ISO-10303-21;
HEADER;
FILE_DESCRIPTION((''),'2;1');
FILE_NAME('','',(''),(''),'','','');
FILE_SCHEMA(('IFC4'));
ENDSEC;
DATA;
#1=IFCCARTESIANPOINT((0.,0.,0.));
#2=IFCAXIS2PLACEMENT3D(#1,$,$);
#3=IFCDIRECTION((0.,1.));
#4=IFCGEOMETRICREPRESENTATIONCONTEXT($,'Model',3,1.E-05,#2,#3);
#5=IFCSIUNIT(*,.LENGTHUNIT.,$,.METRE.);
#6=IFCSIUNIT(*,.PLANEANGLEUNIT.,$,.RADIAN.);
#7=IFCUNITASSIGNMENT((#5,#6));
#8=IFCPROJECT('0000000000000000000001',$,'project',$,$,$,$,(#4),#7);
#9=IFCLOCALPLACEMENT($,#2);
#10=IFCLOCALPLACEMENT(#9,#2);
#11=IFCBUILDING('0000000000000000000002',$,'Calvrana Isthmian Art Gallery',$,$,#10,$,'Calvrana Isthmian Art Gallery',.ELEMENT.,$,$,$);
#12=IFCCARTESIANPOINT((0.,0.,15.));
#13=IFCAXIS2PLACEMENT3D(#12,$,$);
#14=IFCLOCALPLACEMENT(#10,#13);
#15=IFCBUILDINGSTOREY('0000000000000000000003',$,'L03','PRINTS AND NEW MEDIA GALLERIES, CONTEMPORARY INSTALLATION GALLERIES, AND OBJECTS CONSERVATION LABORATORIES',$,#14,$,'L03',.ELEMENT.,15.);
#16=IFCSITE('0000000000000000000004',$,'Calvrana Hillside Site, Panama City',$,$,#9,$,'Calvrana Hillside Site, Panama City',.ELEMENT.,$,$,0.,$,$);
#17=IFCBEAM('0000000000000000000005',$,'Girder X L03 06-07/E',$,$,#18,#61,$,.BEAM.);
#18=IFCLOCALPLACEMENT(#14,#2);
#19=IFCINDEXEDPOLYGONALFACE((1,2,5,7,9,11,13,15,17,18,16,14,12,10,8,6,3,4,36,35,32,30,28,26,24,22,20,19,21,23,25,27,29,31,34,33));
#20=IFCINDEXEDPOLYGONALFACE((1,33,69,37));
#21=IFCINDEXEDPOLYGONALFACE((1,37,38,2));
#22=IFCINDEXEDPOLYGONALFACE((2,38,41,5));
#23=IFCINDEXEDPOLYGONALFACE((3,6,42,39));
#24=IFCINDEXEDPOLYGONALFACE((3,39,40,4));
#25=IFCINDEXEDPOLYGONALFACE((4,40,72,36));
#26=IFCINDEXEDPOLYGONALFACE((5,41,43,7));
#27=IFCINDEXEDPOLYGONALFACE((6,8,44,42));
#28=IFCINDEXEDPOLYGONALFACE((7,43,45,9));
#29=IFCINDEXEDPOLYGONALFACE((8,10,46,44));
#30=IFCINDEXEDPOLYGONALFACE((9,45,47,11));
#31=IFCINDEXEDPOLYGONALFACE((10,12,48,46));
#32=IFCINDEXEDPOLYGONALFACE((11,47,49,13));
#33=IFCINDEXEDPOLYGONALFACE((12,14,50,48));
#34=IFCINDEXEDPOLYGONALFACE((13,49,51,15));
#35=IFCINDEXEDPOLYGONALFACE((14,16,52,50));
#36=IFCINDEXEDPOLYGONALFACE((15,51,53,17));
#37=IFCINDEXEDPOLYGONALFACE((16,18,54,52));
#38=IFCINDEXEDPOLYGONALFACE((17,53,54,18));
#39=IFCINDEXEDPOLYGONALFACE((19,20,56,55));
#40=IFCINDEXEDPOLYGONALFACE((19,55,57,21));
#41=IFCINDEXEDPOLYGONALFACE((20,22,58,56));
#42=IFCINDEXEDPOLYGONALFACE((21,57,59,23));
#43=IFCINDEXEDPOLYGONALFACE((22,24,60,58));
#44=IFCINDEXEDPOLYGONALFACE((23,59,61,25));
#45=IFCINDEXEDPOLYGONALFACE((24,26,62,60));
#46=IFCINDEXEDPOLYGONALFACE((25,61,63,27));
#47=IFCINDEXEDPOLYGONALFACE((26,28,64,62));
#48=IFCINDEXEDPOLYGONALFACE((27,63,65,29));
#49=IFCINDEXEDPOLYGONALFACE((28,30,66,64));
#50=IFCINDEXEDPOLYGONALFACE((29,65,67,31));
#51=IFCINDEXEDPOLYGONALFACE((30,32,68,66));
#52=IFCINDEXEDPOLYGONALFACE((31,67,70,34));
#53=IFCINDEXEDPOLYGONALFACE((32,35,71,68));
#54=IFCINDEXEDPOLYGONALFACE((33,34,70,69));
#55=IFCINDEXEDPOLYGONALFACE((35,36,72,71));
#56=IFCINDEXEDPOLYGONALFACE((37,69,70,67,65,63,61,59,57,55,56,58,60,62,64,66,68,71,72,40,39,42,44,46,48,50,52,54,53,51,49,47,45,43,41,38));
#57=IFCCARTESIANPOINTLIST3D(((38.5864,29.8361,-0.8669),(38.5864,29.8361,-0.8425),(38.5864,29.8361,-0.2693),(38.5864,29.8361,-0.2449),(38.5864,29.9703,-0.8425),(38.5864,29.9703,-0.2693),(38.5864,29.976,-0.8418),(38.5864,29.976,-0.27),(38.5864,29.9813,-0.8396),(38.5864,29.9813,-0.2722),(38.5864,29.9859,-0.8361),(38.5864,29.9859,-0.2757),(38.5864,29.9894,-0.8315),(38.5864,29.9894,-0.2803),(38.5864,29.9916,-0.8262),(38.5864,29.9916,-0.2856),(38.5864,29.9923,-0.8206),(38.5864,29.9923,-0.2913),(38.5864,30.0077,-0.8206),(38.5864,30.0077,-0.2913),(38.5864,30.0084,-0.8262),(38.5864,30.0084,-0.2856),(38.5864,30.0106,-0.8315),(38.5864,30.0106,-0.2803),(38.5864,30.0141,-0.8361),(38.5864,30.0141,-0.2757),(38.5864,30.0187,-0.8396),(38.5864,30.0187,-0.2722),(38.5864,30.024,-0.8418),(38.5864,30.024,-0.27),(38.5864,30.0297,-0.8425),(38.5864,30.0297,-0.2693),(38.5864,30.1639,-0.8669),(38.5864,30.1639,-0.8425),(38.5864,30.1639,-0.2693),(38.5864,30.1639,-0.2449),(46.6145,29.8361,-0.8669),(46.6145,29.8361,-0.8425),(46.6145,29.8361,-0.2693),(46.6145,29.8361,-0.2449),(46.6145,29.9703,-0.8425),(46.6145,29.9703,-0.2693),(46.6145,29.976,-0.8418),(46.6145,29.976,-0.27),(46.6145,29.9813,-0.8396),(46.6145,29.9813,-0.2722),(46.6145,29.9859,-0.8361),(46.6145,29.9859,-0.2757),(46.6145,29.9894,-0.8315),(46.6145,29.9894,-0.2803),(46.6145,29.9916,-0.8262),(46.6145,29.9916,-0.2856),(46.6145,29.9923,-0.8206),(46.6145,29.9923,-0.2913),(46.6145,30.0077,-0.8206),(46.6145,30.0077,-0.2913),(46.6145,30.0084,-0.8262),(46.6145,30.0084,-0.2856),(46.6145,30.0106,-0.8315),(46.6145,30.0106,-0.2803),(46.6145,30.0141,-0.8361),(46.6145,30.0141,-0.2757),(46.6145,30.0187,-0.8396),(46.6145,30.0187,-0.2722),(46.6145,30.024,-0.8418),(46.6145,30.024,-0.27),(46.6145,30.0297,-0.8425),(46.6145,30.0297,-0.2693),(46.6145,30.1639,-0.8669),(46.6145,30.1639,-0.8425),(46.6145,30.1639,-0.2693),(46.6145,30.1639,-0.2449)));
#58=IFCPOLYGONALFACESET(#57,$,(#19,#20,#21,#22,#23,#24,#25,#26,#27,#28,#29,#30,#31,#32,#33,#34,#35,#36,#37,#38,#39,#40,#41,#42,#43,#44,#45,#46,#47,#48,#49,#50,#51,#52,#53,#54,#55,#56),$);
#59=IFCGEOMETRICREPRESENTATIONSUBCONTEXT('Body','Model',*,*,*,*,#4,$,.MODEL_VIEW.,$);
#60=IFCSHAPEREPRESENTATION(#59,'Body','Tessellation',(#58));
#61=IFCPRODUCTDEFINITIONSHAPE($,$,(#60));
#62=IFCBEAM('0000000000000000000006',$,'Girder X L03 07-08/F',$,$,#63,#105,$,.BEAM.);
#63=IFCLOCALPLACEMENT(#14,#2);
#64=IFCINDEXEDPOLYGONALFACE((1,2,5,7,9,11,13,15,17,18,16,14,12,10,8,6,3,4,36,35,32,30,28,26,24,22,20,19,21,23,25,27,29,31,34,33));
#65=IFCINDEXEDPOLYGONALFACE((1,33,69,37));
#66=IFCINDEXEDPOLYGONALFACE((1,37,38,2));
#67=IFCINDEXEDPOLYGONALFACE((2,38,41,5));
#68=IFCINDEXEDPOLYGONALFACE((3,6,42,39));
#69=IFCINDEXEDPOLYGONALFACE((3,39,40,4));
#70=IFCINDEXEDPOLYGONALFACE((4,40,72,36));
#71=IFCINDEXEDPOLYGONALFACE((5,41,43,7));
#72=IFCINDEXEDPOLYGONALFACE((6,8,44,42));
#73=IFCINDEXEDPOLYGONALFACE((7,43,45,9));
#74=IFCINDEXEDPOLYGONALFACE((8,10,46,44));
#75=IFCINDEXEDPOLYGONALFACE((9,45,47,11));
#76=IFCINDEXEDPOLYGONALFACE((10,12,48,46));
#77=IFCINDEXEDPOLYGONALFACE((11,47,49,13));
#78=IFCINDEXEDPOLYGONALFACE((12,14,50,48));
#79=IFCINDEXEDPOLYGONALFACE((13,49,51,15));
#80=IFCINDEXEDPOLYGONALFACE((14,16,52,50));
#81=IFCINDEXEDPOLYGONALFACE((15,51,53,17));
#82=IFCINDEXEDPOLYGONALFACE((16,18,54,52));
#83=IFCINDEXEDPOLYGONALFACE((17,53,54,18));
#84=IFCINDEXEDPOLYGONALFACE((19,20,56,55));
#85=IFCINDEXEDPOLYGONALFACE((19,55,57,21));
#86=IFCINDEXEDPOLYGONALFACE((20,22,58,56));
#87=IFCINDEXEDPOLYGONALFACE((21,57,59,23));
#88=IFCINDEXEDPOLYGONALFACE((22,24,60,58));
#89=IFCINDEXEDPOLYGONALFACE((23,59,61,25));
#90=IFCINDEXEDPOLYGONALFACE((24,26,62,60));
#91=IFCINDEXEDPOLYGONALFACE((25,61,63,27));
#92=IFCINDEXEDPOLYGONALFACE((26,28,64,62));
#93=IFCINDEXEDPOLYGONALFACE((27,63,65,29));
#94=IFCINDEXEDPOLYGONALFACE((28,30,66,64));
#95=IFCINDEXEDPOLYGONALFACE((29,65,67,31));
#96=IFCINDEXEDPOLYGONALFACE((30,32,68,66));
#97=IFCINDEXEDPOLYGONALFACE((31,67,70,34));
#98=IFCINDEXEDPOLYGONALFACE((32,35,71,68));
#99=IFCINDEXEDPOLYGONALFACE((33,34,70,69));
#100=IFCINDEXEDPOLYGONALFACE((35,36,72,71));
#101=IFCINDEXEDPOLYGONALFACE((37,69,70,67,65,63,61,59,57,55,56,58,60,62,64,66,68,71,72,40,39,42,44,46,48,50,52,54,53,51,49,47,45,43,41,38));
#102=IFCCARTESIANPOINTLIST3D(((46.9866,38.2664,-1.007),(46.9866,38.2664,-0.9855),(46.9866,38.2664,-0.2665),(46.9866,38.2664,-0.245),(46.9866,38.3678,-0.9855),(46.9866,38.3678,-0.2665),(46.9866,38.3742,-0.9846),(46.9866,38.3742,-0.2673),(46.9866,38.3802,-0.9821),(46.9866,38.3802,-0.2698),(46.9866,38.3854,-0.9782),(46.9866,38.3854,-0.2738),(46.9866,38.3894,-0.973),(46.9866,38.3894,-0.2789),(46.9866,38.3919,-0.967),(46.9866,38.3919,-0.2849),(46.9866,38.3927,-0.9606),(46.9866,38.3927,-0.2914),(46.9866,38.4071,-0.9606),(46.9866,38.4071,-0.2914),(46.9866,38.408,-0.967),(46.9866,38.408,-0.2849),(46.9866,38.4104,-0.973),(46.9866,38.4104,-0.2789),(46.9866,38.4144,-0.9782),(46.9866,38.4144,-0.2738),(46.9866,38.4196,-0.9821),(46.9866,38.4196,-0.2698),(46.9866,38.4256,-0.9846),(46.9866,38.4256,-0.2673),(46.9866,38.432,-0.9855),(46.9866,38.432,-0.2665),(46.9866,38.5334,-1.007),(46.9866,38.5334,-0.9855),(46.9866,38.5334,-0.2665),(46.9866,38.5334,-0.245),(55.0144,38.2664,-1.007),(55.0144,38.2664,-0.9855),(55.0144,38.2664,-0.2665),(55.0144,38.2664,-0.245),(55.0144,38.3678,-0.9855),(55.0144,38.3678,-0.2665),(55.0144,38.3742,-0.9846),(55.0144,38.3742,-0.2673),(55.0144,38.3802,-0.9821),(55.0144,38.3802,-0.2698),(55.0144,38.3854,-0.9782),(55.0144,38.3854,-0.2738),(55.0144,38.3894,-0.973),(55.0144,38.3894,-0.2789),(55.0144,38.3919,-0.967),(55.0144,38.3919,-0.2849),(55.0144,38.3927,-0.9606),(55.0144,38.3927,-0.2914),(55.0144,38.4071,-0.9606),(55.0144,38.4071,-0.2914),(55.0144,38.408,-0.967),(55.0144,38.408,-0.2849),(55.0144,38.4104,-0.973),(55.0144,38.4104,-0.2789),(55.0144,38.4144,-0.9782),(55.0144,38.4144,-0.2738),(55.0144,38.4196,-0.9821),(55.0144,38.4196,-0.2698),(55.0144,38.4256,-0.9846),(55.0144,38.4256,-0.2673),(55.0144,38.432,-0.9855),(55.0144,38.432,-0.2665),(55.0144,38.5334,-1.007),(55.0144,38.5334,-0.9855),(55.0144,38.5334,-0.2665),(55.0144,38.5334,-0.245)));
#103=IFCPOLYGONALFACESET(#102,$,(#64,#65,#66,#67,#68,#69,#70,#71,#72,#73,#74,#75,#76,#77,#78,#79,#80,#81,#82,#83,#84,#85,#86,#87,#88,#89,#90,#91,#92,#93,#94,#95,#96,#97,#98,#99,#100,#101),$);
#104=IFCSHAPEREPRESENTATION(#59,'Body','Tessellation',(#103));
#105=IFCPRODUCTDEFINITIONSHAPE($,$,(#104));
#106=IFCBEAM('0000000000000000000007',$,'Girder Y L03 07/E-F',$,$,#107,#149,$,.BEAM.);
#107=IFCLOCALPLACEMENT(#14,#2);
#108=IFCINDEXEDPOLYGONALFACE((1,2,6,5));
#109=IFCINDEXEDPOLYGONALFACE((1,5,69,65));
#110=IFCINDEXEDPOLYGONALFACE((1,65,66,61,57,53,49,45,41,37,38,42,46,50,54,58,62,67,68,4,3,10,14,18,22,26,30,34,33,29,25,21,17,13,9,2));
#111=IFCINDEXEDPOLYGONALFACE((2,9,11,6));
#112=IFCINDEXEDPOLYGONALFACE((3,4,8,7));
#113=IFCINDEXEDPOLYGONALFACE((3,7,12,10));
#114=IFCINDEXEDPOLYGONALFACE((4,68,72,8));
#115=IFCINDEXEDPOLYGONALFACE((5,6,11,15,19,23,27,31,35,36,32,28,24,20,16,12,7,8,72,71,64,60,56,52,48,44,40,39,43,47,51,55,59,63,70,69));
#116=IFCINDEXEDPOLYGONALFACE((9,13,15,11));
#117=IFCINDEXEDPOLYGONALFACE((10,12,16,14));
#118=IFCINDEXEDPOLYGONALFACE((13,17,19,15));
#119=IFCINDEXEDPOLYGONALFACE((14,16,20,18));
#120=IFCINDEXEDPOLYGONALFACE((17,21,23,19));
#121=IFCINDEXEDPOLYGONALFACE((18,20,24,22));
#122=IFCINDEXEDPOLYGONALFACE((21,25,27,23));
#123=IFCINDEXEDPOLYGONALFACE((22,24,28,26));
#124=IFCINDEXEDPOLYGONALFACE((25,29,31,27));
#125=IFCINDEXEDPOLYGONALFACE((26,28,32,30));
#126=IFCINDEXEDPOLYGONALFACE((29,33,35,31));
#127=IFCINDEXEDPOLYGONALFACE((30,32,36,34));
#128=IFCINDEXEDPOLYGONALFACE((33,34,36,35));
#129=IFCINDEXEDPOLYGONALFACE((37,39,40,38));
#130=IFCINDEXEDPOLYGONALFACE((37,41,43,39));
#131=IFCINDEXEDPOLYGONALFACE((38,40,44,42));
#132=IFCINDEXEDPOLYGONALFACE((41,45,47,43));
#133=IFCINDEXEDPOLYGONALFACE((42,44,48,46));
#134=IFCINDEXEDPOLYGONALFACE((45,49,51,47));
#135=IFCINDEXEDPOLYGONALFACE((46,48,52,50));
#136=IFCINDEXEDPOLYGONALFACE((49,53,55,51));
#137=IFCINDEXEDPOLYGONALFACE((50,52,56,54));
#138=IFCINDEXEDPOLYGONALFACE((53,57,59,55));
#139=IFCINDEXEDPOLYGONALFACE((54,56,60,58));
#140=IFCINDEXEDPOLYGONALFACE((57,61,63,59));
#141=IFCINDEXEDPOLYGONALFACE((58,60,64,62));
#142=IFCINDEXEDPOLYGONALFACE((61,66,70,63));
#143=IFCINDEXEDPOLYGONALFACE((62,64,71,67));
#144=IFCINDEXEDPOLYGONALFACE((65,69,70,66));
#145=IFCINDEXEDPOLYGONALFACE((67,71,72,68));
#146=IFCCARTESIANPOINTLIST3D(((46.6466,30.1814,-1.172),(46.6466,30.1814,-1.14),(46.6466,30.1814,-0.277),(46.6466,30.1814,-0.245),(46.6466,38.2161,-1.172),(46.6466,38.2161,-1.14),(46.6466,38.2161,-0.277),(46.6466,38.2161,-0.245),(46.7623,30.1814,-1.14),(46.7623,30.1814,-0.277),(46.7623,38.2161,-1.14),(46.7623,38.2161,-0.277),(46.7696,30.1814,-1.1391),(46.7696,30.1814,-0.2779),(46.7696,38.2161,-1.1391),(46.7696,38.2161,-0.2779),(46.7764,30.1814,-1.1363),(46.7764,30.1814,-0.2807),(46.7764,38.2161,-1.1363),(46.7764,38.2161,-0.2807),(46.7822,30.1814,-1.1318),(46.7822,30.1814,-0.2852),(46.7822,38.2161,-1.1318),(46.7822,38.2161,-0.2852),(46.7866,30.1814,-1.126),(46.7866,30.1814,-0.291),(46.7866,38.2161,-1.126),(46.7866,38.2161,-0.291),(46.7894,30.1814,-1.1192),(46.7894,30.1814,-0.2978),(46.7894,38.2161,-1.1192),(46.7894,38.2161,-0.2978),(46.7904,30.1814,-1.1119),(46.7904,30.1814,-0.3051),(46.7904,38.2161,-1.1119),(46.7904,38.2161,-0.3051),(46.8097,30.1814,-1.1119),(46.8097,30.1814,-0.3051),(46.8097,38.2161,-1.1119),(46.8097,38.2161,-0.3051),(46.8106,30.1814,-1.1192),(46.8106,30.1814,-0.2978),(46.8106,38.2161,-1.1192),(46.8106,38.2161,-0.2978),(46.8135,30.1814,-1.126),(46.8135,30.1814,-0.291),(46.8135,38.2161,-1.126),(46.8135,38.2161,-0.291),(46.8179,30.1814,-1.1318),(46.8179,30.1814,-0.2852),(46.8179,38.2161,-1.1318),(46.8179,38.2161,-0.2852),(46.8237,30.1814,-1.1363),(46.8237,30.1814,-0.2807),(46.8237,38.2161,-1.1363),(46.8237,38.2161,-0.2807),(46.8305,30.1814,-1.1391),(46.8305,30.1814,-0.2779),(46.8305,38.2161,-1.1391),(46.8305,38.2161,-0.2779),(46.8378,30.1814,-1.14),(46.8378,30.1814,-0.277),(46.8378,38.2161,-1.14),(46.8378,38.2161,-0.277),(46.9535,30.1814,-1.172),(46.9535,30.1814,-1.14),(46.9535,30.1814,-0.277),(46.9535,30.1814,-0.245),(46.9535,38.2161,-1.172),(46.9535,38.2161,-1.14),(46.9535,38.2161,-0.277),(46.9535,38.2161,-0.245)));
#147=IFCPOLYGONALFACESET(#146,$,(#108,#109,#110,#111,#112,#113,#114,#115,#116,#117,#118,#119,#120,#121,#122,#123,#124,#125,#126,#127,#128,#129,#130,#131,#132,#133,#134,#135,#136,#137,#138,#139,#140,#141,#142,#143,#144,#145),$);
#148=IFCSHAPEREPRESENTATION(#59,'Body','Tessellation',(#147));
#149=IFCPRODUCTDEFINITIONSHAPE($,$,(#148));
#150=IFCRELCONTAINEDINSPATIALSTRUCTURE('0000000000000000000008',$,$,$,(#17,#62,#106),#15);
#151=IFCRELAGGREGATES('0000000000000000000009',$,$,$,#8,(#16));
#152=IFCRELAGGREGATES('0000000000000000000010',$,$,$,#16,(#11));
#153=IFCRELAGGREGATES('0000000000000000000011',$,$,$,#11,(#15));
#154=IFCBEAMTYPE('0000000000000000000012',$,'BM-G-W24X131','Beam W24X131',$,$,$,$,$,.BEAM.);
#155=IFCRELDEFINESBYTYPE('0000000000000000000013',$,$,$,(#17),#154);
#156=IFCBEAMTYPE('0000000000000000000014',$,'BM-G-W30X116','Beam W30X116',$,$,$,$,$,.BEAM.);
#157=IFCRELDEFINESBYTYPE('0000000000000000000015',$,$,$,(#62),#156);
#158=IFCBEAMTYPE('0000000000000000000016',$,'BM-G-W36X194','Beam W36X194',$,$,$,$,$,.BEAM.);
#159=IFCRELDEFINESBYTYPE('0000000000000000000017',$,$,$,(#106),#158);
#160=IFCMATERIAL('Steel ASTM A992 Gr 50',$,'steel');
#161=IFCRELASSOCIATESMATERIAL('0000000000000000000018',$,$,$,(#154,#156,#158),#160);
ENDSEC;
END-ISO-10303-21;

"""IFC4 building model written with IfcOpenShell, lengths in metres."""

from ifc_helpers import new_model, si_unit, direction, frame, origin, origin_2d, place, context, subcontext, project, spatial, i_section, extrude, material, material_profile, profile_set, type_object, element, save


model = new_model("IFC4")

# Units and contexts
model_context = context("Model", 3, precision=1e-05, world=origin(), true_north=direction((0.0, 1.0)))
body_context = subcontext(model_context, "Body", "Model", "MODEL_VIEW")
ifc_project = project(units=[si_unit("LENGTHUNIT", "METRE"), si_unit("PLANEANGLEUNIT", "RADIAN")], contexts=[model_context])

# Site, building, storey
site_placement = place(None, origin())
site = spatial("IfcSite", under=ifc_project, at=site_placement, Name="Calvrana Hillside Site, Panama City", LongName="Calvrana Hillside Site, Panama City", CompositionType="ELEMENT", RefElevation=0.0)
building_placement = place(site_placement, origin())
building = spatial("IfcBuilding", under=site, at=building_placement, Name="Calvrana Isthmian Art Gallery", LongName="Calvrana Isthmian Art Gallery", CompositionType="ELEMENT")
storey_placement = place(building_placement, frame((0.0, 0.0, 15.0)))
storey = spatial("IfcBuildingStorey", under=building, at=storey_placement, Name="L03", Description="PRINTS AND NEW MEDIA GALLERIES, CONTEMPORARY INSTALLATION GALLERIES, AND OBJECTS CONSERVATION LABORATORIES", LongName="L03", CompositionType="ELEMENT", Elevation=15.0)

# Shared definitions
ifc_material_1 = material(Name="Steel ASTM A992 Gr 50", Category="steel")

# Beams
ifc_material_profile_1 = material_profile(ifc_material_1, i_section(OverallWidth=0.3279, OverallDepth=0.6221, WebThickness=0.0154, FlangeThickness=0.0244, FilletRadius=0.022, at=origin_2d()), Name="W24X131")
ifc_profile_set_1 = profile_set([ifc_material_profile_1], Name="Steel ASTM A992 Gr 50")
beam_type_1 = type_object("IfcBeamType", Name="BM-G-W24X131", Description="Beam W24X131", PredefinedType="BEAM", material=ifc_profile_set_1)
beam_1_placement = place(storey_placement, frame((38.5864, 30.0, -0.5559), z_axis=(1.0, 0.0, 0.0), x_axis=(0.0, 1.0, 0.0)))
element("IfcBeam", 1, at=beam_1_placement, inside=storey, type_object=beam_type_1, Name="Girder X L03 06-07/E", PredefinedType="BEAM", context=body_context, shape_type="SweptSolid", body=[
    extrude(i_section(OverallWidth=0.3279, OverallDepth=0.6221, WebThickness=0.0154, FlangeThickness=0.0244, FilletRadius=0.022, at=origin_2d()), origin(), (0.0, 0.0, 1.0), 8.0281),
])
ifc_material_profile_2 = material_profile(ifc_material_1, i_section(OverallWidth=0.2671, OverallDepth=0.762, WebThickness=0.0144, FlangeThickness=0.0215, FilletRadius=0.0249, at=origin_2d()), Name="W30X116")
ifc_profile_set_2 = profile_set([ifc_material_profile_2], Name="Steel ASTM A992 Gr 50")
beam_type_2 = type_object("IfcBeamType", Name="BM-G-W30X116", Description="Beam W30X116", PredefinedType="BEAM", material=ifc_profile_set_2)
beam_2_placement = place(storey_placement, frame((46.9866, 38.3999, -0.626), z_axis=(1.0, 0.0, 0.0), x_axis=(0.0, 1.0, 0.0)))
element("IfcBeam", 2, at=beam_2_placement, inside=storey, type_object=beam_type_2, Name="Girder X L03 07-08/F", PredefinedType="BEAM", context=body_context, shape_type="SweptSolid", body=[
    extrude(i_section(OverallWidth=0.2671, OverallDepth=0.762, WebThickness=0.0144, FlangeThickness=0.0215, FilletRadius=0.0249, at=origin_2d()), origin(), (0.0, 0.0, 1.0), 8.0278),
])
ifc_material_profile_3 = material_profile(ifc_material_1, i_section(OverallWidth=0.3069, OverallDepth=0.927, WebThickness=0.0193, FlangeThickness=0.032, FilletRadius=0.0281, at=origin_2d()), Name="W36X194")
ifc_profile_set_3 = profile_set([ifc_material_profile_3], Name="Steel ASTM A992 Gr 50")
beam_type_3 = type_object("IfcBeamType", Name="BM-G-W36X194", Description="Beam W36X194", PredefinedType="BEAM", material=ifc_profile_set_3)
beam_3_placement = place(storey_placement, frame((46.8, 30.1814, -0.7085), z_axis=(0.0, 1.0, 0.0), x_axis=(-1.0, 0.0, 0.0)))
element("IfcBeam", 3, at=beam_3_placement, inside=storey, type_object=beam_type_3, Name="Girder Y L03 07/E-F", PredefinedType="BEAM", context=body_context, shape_type="SweptSolid", body=[
    extrude(i_section(OverallWidth=0.3069, OverallDepth=0.927, WebThickness=0.0193, FlangeThickness=0.032, FilletRadius=0.0281, at=origin_2d()), origin(), (0.0, 0.0, 1.0), 8.0347),
])

save(model, "model.ifc")
